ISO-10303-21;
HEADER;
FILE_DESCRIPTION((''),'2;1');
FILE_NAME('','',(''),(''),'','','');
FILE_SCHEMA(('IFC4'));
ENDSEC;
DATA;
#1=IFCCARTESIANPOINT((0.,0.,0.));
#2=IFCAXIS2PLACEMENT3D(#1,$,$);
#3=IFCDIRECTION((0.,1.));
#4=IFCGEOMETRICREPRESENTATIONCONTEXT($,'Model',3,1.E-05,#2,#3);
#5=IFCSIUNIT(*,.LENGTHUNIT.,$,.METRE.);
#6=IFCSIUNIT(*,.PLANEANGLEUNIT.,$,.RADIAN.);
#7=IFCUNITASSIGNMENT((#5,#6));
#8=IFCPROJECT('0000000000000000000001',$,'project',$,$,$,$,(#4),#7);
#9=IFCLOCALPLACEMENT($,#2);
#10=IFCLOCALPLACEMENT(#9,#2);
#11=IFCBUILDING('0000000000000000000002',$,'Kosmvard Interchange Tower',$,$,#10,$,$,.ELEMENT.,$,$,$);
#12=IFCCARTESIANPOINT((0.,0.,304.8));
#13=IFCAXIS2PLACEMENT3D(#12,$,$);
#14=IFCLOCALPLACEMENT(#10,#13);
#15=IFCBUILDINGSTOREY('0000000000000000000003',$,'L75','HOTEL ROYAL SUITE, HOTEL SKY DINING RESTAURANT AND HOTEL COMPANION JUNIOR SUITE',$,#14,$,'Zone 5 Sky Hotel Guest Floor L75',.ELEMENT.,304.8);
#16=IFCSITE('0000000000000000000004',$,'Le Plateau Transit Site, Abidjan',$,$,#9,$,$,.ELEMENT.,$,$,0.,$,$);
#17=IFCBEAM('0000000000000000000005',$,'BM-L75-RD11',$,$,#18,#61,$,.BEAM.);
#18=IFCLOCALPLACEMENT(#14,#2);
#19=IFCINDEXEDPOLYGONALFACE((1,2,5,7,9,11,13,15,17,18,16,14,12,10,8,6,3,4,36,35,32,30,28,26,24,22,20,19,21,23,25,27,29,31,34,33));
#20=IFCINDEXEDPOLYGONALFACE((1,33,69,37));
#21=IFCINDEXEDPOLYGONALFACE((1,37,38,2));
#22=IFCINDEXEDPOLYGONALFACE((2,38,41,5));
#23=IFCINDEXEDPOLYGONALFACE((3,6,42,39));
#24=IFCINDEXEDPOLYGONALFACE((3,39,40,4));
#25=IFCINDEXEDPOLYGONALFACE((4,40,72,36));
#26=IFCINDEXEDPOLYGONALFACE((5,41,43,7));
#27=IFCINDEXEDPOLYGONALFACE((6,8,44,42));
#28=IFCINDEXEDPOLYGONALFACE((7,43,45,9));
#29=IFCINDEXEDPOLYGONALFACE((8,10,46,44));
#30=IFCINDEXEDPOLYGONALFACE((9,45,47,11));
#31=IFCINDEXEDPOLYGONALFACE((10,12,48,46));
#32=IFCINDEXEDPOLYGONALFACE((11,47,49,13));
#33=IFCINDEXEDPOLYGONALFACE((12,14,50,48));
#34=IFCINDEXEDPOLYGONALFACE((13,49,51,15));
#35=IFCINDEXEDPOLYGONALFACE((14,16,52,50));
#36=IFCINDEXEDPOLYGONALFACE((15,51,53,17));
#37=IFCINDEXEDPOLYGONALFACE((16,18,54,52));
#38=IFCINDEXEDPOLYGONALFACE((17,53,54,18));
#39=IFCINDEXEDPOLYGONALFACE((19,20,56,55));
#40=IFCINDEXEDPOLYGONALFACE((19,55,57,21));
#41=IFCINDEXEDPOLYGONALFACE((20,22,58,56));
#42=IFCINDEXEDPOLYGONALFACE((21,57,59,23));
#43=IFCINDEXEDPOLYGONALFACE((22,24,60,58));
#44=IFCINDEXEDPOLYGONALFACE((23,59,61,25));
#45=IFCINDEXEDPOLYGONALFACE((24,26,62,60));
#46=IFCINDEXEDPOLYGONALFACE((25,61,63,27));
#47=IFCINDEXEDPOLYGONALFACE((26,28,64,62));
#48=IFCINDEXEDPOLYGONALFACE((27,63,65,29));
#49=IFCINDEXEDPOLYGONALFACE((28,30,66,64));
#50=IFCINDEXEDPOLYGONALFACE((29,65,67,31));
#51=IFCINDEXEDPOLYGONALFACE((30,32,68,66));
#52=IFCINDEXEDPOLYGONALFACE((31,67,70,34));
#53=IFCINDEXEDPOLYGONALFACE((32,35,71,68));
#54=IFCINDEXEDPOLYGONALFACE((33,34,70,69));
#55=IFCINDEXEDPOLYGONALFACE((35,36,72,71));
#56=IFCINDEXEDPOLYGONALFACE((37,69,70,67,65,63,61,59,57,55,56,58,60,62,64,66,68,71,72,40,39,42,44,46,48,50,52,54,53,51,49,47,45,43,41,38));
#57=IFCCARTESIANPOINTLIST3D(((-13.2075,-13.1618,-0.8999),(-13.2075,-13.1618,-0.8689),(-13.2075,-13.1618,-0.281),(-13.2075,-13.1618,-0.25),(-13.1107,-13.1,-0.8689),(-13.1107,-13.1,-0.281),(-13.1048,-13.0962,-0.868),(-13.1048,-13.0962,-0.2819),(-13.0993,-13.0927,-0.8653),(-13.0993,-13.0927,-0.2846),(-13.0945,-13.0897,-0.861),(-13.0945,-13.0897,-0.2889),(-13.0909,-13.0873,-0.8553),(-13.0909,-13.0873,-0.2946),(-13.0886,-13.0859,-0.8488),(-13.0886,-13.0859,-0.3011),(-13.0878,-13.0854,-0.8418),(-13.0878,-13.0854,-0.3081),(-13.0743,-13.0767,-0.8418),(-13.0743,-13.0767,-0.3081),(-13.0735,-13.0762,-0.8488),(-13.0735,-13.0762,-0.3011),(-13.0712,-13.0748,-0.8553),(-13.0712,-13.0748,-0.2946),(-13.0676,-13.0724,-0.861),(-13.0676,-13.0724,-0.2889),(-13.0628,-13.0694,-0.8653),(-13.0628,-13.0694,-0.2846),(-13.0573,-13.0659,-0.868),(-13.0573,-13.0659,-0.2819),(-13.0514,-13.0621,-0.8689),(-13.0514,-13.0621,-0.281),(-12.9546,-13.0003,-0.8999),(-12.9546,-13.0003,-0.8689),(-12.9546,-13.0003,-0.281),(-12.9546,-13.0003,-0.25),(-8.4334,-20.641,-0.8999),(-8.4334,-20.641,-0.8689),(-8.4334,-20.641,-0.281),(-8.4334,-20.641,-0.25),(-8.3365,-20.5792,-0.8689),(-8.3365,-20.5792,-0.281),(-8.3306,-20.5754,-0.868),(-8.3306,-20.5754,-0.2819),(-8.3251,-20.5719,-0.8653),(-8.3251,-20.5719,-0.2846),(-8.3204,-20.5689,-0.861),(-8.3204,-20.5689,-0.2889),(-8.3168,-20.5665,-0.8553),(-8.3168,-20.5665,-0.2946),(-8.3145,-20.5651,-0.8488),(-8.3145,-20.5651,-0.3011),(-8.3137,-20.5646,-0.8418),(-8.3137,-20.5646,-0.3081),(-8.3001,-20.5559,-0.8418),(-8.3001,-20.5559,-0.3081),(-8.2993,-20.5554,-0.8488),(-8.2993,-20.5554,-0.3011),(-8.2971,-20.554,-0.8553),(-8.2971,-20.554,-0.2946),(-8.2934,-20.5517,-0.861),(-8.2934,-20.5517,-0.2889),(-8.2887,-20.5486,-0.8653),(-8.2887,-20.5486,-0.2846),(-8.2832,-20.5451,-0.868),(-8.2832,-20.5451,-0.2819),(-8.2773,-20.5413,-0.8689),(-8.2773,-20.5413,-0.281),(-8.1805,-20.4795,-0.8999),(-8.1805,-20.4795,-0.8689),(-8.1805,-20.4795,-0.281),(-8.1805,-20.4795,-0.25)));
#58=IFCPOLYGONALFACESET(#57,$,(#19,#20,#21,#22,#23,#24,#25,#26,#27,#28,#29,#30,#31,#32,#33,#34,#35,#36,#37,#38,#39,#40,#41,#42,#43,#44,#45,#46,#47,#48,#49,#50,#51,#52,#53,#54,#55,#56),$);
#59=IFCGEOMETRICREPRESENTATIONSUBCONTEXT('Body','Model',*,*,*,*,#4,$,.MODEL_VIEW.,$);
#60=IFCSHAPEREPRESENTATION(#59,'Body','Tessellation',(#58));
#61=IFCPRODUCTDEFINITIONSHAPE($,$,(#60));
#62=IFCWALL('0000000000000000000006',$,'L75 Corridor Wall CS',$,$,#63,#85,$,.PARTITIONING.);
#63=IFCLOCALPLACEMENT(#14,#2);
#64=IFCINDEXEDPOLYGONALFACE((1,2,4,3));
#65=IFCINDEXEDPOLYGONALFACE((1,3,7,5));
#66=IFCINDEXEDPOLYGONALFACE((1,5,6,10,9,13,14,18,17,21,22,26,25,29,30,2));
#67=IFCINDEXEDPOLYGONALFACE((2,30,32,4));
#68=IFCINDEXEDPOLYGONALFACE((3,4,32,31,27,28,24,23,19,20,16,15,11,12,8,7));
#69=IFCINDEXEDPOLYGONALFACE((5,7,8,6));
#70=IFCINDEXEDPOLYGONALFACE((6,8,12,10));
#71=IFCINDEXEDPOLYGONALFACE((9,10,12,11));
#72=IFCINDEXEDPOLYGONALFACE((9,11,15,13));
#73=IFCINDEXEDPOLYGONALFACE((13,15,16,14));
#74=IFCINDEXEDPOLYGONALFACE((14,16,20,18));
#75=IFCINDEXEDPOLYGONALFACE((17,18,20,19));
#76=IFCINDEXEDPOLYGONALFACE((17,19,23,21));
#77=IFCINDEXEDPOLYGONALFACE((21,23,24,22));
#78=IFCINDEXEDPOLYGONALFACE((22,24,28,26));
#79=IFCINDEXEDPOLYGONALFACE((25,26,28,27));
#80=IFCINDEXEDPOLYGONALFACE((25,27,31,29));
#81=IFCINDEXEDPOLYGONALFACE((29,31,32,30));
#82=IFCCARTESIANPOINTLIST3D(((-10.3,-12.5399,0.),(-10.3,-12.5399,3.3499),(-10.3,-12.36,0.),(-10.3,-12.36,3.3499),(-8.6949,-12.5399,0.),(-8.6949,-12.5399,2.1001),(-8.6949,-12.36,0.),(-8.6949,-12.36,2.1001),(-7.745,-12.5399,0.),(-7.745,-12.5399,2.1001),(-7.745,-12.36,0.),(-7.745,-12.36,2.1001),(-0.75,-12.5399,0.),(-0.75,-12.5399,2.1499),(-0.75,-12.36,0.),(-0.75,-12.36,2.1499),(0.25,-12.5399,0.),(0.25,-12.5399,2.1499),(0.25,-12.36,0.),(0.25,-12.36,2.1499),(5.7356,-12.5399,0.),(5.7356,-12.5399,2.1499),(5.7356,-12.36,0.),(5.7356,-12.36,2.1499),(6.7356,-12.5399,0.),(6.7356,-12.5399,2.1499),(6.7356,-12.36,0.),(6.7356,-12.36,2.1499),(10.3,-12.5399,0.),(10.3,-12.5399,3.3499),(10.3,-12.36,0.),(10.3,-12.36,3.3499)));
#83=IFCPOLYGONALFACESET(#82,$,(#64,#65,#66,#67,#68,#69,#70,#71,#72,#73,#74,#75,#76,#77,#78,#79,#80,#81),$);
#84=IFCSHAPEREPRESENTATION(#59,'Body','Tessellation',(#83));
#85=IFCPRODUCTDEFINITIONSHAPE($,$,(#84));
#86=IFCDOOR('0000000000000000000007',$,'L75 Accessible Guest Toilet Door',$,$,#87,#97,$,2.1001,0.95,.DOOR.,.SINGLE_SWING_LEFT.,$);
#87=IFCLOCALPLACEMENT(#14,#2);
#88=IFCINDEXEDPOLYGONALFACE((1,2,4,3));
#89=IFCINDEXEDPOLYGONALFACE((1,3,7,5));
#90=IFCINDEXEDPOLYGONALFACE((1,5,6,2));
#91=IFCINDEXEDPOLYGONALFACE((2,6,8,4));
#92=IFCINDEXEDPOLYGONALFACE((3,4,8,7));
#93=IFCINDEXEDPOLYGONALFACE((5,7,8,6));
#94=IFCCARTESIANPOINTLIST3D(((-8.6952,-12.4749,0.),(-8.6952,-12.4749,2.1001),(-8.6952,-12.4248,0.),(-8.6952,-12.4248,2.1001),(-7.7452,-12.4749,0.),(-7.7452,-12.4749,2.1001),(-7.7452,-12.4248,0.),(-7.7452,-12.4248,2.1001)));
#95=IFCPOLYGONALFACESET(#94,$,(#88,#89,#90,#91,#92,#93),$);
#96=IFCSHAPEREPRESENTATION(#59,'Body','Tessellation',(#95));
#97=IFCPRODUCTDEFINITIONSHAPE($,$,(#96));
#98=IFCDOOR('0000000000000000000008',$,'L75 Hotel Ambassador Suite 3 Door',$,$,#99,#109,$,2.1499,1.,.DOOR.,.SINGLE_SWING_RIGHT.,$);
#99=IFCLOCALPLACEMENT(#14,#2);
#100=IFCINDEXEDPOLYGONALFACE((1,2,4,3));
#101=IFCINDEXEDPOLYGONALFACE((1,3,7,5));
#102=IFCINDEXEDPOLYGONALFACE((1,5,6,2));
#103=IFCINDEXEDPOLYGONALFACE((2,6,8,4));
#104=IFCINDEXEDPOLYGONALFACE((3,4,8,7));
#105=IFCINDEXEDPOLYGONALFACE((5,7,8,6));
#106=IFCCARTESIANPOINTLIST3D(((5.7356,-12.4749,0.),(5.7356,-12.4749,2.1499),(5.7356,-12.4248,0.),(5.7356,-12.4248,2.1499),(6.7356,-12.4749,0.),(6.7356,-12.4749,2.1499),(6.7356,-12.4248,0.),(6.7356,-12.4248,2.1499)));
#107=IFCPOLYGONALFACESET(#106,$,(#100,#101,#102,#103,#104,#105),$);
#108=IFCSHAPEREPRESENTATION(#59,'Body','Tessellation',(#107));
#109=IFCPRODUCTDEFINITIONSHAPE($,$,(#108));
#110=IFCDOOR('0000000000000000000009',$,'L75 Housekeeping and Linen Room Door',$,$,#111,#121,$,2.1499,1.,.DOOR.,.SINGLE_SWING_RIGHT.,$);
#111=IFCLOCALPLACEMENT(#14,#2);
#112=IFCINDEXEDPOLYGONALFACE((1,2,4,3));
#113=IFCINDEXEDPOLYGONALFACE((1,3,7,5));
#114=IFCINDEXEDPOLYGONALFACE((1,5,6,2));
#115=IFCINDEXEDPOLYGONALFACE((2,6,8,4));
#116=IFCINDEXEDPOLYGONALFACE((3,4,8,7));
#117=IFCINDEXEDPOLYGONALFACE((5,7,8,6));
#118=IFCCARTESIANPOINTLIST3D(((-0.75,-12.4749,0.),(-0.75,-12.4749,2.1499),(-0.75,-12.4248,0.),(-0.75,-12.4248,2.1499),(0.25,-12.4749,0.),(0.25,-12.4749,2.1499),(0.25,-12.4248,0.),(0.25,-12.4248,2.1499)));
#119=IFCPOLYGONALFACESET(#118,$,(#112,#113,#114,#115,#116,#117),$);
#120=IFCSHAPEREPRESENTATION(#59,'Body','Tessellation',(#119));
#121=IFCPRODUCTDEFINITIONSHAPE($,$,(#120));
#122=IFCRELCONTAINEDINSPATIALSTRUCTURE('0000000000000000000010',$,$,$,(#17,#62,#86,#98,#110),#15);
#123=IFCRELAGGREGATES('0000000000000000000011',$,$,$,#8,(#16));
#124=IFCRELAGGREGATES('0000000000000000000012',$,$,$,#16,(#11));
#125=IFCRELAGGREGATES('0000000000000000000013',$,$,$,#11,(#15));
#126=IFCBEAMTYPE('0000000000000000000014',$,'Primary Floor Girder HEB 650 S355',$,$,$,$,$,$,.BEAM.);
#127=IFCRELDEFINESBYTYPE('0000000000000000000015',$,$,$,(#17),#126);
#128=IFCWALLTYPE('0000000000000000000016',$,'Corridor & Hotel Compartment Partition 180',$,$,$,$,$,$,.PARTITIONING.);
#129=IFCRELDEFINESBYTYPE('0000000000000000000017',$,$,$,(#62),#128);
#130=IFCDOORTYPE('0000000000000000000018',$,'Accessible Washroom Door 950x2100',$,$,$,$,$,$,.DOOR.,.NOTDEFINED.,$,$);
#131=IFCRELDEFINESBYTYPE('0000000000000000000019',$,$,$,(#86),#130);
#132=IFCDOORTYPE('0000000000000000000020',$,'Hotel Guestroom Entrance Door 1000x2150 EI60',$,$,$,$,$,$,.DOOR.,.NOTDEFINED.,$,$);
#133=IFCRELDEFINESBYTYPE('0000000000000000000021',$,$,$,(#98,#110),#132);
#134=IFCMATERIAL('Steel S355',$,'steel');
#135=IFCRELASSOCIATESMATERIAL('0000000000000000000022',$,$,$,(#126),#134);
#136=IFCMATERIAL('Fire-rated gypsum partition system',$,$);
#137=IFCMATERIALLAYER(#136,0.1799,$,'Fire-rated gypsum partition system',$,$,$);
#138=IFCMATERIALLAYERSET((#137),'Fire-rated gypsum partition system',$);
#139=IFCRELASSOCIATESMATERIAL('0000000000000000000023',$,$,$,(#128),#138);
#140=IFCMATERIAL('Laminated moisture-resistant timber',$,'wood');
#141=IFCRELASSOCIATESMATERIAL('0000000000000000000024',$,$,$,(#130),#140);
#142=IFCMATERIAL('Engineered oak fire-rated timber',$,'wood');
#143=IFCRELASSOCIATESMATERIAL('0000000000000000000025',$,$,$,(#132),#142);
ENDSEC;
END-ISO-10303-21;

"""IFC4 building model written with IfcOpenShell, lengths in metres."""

from ifc_helpers import new_model, si_unit, direction, frame, frame_2d, origin, origin_2d, place, context, subcontext, project, spatial, rectangle, i_section, extrude, source, transform, mapped, material, layer, layer_set, material_profile, profile_set, type_object, element, fill, save


model = new_model("IFC4")

# Units and contexts
model_context = context("Model", 3, precision=1e-05, world=origin(), true_north=direction((0.0, 1.0)))
body_context = subcontext(model_context, "Body", "Model", "MODEL_VIEW")
ifc_project = project(units=[si_unit("LENGTHUNIT", "METRE"), si_unit("PLANEANGLEUNIT", "RADIAN")], contexts=[model_context])

# Site, building, storey
site_placement = place(None, origin())
site = spatial("IfcSite", under=ifc_project, at=site_placement, Name="Le Plateau Transit Site, Abidjan", CompositionType="ELEMENT", RefElevation=0.0)
building_placement = place(site_placement, origin())
building = spatial("IfcBuilding", under=site, at=building_placement, Name="Kosmvard Interchange Tower", CompositionType="ELEMENT")
storey_placement = place(building_placement, frame((0.0, 0.0, 304.8)))
storey = spatial("IfcBuildingStorey", under=building, at=storey_placement, Name="L75", Description="HOTEL ROYAL SUITE, HOTEL SKY DINING RESTAURANT AND HOTEL COMPANION JUNIOR SUITE", LongName="Zone 5 Sky Hotel Guest Floor L75", CompositionType="ELEMENT", Elevation=304.8)

# Beam
ifc_material_1 = material(Name="Steel S355", Category="steel")
ifc_material_profile_1 = material_profile(ifc_material_1, i_section(OverallWidth=0.3, OverallDepth=0.6499, WebThickness=0.0161, FlangeThickness=0.031, FilletRadius=0.0271, at=origin_2d()), Name="HEB 650")
ifc_profile_set_1 = profile_set([ifc_material_profile_1], Name="Steel S355")
beam_type_1 = type_object("IfcBeamType", Name="Primary Floor Girder HEB 650 S355", PredefinedType="BEAM", material=ifc_profile_set_1)
shared_shape_1 = source(origin(), body_context, "Body", "SweptSolid", [
    extrude(i_section(OverallWidth=0.3, OverallDepth=0.6499, WebThickness=0.0161, FlangeThickness=0.031, FilletRadius=0.0271, at=origin_2d()), origin(), (0.0, 0.0, 1.0), 8.873),
])
beam_1_placement = place(storey_placement, frame((-13.0811, -13.0811, -0.575), z_axis=(0.53805, -0.842913, 0.0), x_axis=(0.842913, 0.53805, 0.0)))
element("IfcBeam", 1, at=beam_1_placement, inside=storey, type_object=beam_type_1, Name="BM-L75-RD11", PredefinedType="BEAM", context=body_context, shape_type="MappedRepresentation", body=[
    mapped(shared_shape_1, transform((0.0, 0.0, 0.0), scale=1.0)),
])

# Wall, openings, doors
ifc_material_2 = material(Name="Fire-rated gypsum partition system")
ifc_layer_1 = layer(ifc_material_2, 0.1799, Name="Fire-rated gypsum partition system")
ifc_layer_set_1 = layer_set([ifc_layer_1], Name="Fire-rated gypsum partition system")
wall_type_1 = type_object("IfcWallType", Name="Corridor & Hotel Compartment Partition 180", PredefinedType="PARTITIONING", material=ifc_layer_set_1)
wall_1_placement = place(storey_placement, frame((-10.3, -12.45, 0.0), z_axis=(0.0, 0.0, 1.0), x_axis=(1.0, 0.0, 0.0)))
wall_1 = element("IfcWall", 2, at=wall_1_placement, inside=storey, type_object=wall_type_1, Name="L75 Corridor Wall CS", PredefinedType="PARTITIONING", context=body_context, shape_type="SweptSolid", body=[
    extrude(rectangle(XDim=20.6001, YDim=0.1799, at=frame_2d((10.3, 0.0))), origin(), (0.0, 0.0, 1.0), 3.3499),
])
opening_1_placement = place(wall_1_placement, frame((1.605, 0.0, 0.0)))
opening_1 = element("IfcOpeningElement", 3, at=opening_1_placement, cuts=wall_1, PredefinedType="OPENING", context=body_context, shape_type="SweptSolid", body=[
    extrude(rectangle(XDim=0.95, YDim=2.1001, at=frame_2d((0.4751, 1.05))), frame((0.0, 0.1001, 0.0), z_axis=(0.0, -1.0, 0.0), x_axis=(1.0, 0.0, 0.0)), (0.0, 0.0, 1.0), 0.2),
])
opening_2_placement = place(wall_1_placement, frame((16.0356, 0.0, 0.0)))
opening_2 = element("IfcOpeningElement", 4, at=opening_2_placement, cuts=wall_1, PredefinedType="OPENING", context=body_context, shape_type="SweptSolid", body=[
    extrude(rectangle(XDim=1.0, YDim=2.1499, at=frame_2d((0.5, 1.075))), frame((0.0, 0.1001, 0.0), z_axis=(0.0, -1.0, 0.0), x_axis=(1.0, 0.0, 0.0)), (0.0, 0.0, 1.0), 0.2),
])
opening_3_placement = place(wall_1_placement, frame((9.55, 0.0, 0.0)))
opening_3 = element("IfcOpeningElement", 5, at=opening_3_placement, cuts=wall_1, PredefinedType="OPENING", context=body_context, shape_type="SweptSolid", body=[
    extrude(rectangle(XDim=1.0, YDim=2.1499, at=frame_2d((0.5, 1.075))), frame((0.0, 0.1001, 0.0), z_axis=(0.0, -1.0, 0.0), x_axis=(1.0, 0.0, 0.0)), (0.0, 0.0, 1.0), 0.2),
])
ifc_material_3 = material(Name="Laminated moisture-resistant timber", Category="wood")
door_type_1 = type_object("IfcDoorType", Name="Accessible Washroom Door 950x2100", OperationType="NOTDEFINED", PredefinedType="DOOR", material=ifc_material_3)
shared_shape_2 = source(origin(), body_context, "Body", "SweptSolid", [
    extrude(rectangle(XDim=0.95, YDim=2.1001, at=frame_2d((0.4751, 1.05))), frame((0.0, 0.0249, 0.0), z_axis=(0.0, -1.0, 0.0), x_axis=(1.0, 0.0, 0.0)), (0.0, 0.0, 1.0), 0.05),
])
door_1_placement = place(opening_1_placement, frame((0.95, 0.0, 0.0), z_axis=(0.0, 0.0, 1.0), x_axis=(-1.0, 0.0, 0.0)))
door_1 = element("IfcDoor", 6, at=door_1_placement, inside=storey, type_object=door_type_1, Name="L75 Accessible Guest Toilet Door", OperationType="SINGLE_SWING_LEFT", OverallHeight=2.1001, OverallWidth=0.95, PredefinedType="DOOR", context=body_context, shape_type="MappedRepresentation", body=[
    mapped(shared_shape_2, transform((0.0, 0.0, 0.0), scale=1.0)),
])
fill(opening_1, door_1)
ifc_material_4 = material(Name="Engineered oak fire-rated timber", Category="wood")
door_type_2 = type_object("IfcDoorType", Name="Hotel Guestroom Entrance Door 1000x2150 EI60", OperationType="NOTDEFINED", PredefinedType="DOOR", material=ifc_material_4)
shared_shape_3 = source(origin(), body_context, "Body", "SweptSolid", [
    extrude(rectangle(XDim=1.0, YDim=2.1499, at=frame_2d((0.5, 1.075))), frame((0.0, 0.0249, 0.0), z_axis=(0.0, -1.0, 0.0), x_axis=(1.0, 0.0, 0.0)), (0.0, 0.0, 1.0), 0.05),
])
door_2_placement = place(opening_2_placement, frame((1.0, 0.0, 0.0), z_axis=(0.0, 0.0, 1.0), x_axis=(-1.0, 0.0, 0.0)))
door_2 = element("IfcDoor", 7, at=door_2_placement, inside=storey, type_object=door_type_2, Name="L75 Hotel Ambassador Suite 3 Door", OperationType="SINGLE_SWING_RIGHT", OverallHeight=2.1499, OverallWidth=1.0, PredefinedType="DOOR", context=body_context, shape_type="MappedRepresentation", body=[
    mapped(shared_shape_3, transform((0.0, 0.0, 0.0), scale=1.0)),
])
fill(opening_2, door_2)
door_3_placement = place(opening_3_placement, frame((1.0, 0.0, 0.0), z_axis=(0.0, 0.0, 1.0), x_axis=(-1.0, 0.0, 0.0)))
door_3 = element("IfcDoor", 8, at=door_3_placement, inside=storey, type_object=door_type_2, Name="L75 Housekeeping and Linen Room Door", OperationType="SINGLE_SWING_RIGHT", OverallHeight=2.1499, OverallWidth=1.0, PredefinedType="DOOR", context=body_context, shape_type="MappedRepresentation", body=[
    mapped(shared_shape_3, transform((0.0, 0.0, 0.0), scale=1.0)),
])
fill(opening_3, door_3)

save(model, "model.ifc")
